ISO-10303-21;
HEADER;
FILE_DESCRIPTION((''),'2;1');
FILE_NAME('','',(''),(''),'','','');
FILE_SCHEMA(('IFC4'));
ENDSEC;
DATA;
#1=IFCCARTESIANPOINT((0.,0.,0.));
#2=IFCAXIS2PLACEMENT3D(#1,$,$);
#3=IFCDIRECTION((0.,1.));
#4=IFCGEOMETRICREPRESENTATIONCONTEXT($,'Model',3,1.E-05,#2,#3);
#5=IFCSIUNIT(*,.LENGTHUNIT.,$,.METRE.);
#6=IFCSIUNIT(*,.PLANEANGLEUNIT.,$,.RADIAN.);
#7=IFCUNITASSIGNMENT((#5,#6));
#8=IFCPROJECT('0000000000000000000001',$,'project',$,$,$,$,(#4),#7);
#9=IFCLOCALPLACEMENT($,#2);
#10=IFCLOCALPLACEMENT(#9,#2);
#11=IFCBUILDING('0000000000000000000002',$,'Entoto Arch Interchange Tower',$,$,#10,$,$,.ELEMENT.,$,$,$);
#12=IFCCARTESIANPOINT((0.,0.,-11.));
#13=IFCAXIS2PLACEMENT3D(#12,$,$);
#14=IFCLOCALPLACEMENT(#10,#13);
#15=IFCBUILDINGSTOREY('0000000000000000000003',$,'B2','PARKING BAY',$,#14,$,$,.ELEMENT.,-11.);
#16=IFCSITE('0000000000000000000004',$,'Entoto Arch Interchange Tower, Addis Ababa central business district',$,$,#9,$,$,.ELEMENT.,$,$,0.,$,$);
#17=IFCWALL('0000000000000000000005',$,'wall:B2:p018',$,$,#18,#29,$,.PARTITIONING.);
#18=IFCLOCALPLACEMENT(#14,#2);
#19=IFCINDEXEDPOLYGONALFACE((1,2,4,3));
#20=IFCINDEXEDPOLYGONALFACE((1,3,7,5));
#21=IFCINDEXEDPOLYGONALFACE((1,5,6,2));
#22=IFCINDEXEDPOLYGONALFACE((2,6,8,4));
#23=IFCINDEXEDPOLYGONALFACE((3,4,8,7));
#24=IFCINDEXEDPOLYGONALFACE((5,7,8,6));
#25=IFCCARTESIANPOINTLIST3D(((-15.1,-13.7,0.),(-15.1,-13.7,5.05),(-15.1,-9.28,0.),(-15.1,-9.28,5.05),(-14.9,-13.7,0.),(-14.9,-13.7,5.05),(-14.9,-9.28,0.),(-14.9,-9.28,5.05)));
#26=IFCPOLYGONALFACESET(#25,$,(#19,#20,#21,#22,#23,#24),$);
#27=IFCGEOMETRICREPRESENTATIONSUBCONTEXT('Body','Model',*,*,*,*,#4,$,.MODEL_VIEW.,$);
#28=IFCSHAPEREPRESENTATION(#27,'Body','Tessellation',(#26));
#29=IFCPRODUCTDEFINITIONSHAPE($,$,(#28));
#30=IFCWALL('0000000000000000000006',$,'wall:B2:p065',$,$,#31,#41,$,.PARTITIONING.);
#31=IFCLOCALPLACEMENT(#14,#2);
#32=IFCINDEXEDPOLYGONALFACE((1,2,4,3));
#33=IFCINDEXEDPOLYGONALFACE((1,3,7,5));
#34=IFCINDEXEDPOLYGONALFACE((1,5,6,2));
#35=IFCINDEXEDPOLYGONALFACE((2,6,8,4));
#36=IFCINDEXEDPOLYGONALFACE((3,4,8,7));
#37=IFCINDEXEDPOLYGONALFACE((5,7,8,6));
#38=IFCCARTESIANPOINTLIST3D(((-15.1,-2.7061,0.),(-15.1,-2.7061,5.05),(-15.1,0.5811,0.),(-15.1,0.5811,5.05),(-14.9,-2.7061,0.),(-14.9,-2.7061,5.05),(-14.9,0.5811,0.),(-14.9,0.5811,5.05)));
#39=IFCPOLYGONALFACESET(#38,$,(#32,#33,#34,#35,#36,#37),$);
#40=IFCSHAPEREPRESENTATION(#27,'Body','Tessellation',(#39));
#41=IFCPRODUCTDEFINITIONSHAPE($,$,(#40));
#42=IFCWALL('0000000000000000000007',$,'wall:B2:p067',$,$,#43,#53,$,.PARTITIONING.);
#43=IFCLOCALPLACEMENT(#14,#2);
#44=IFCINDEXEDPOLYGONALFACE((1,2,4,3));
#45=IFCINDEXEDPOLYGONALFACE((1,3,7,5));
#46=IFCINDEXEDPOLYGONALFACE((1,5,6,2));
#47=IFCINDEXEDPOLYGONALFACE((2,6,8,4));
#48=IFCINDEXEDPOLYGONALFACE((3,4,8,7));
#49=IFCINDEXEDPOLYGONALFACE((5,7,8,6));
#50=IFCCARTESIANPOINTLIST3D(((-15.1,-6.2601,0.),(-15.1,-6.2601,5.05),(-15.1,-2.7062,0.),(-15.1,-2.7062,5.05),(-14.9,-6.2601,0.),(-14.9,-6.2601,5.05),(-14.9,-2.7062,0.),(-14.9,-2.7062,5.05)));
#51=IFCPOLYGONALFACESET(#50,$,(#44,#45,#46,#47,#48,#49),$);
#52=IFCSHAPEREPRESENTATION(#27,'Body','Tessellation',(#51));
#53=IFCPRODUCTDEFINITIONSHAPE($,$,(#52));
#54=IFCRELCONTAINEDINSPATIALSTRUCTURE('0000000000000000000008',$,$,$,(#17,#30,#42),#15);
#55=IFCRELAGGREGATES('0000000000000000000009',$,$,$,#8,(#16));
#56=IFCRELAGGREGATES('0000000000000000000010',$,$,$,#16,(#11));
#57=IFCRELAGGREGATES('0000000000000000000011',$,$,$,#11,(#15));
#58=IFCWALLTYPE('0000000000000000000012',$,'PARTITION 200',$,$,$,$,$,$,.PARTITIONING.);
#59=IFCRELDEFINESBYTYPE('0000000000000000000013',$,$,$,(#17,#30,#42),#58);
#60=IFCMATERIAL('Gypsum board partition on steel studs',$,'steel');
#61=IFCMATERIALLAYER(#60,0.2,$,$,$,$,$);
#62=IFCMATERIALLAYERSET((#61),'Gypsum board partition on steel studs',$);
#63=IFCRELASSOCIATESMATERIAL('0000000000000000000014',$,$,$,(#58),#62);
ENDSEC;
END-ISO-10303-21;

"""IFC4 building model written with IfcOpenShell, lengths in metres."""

from ifc_helpers import new_model, si_unit, direction, frame, frame_2d, origin, place, context, subcontext, project, spatial, rectangle, extrude, material, layer, layer_set, type_object, element, save


model = new_model("IFC4")

# Units and contexts
model_context = context("Model", 3, precision=1e-05, world=origin(), true_north=direction((0.0, 1.0)))
body_context = subcontext(model_context, "Body", "Model", "MODEL_VIEW")
ifc_project = project(units=[si_unit("LENGTHUNIT", "METRE"), si_unit("PLANEANGLEUNIT", "RADIAN")], contexts=[model_context])

# Site, building, storey
site_placement = place(None, origin())
site = spatial("IfcSite", under=ifc_project, at=site_placement, Name="Entoto Arch Interchange Tower, Addis Ababa central business district", CompositionType="ELEMENT", RefElevation=0.0)
building_placement = place(site_placement, origin())
building = spatial("IfcBuilding", under=site, at=building_placement, Name="Entoto Arch Interchange Tower", CompositionType="ELEMENT")
storey_placement = place(building_placement, frame((0.0, 0.0, -11.0)))
storey = spatial("IfcBuildingStorey", under=building, at=storey_placement, Name="B2", Description="PARKING BAY", CompositionType="ELEMENT", Elevation=-11.0)

# Walls
ifc_material_1 = material(Name="Gypsum board partition on steel studs", Category="steel")
ifc_layer = layer(ifc_material_1, 0.2)
ifc_layer_set = layer_set([ifc_layer], Name="Gypsum board partition on steel studs")
wall_type = type_object("IfcWallType", Name="PARTITION 200", PredefinedType="PARTITIONING", material=ifc_layer_set)
wall_1_placement = place(storey_placement, frame((-15.0, -13.7, 0.0), z_axis=(0.0, 0.0, 1.0), x_axis=(0.0, 1.0, 0.0)))
element("IfcWall", 1, at=wall_1_placement, inside=storey, type_object=wall_type, Name="wall:B2:p018", PredefinedType="PARTITIONING", context=body_context, shape_type="SweptSolid", body=[
    extrude(rectangle(XDim=4.4199, YDim=0.2, at=frame_2d((2.21, 0.0))), origin(), (0.0, 0.0, 1.0), 5.05),
])
wall_2_placement = place(storey_placement, frame((-15.0, -2.7061, 0.0), z_axis=(0.0, 0.0, 1.0), x_axis=(0.0, 1.0, 0.0)))
element("IfcWall", 2, at=wall_2_placement, inside=storey, type_object=wall_type, Name="wall:B2:p065", PredefinedType="PARTITIONING", context=body_context, shape_type="SweptSolid", body=[
    extrude(rectangle(XDim=3.2871, YDim=0.2, at=frame_2d((1.6436, 0.0))), origin(), (0.0, 0.0, 1.0), 5.05),
])
wall_3_placement = place(storey_placement, frame((-15.0, -6.26, 0.0), z_axis=(0.0, 0.0, 1.0), x_axis=(0.0, 1.0, 0.0)))
element("IfcWall", 3, at=wall_3_placement, inside=storey, type_object=wall_type, Name="wall:B2:p067", PredefinedType="PARTITIONING", context=body_context, shape_type="SweptSolid", body=[
    extrude(rectangle(XDim=3.554, YDim=0.2, at=frame_2d((1.7769, 0.0))), origin(), (0.0, 0.0, 1.0), 5.05),
])

save(model, "model.ifc")
